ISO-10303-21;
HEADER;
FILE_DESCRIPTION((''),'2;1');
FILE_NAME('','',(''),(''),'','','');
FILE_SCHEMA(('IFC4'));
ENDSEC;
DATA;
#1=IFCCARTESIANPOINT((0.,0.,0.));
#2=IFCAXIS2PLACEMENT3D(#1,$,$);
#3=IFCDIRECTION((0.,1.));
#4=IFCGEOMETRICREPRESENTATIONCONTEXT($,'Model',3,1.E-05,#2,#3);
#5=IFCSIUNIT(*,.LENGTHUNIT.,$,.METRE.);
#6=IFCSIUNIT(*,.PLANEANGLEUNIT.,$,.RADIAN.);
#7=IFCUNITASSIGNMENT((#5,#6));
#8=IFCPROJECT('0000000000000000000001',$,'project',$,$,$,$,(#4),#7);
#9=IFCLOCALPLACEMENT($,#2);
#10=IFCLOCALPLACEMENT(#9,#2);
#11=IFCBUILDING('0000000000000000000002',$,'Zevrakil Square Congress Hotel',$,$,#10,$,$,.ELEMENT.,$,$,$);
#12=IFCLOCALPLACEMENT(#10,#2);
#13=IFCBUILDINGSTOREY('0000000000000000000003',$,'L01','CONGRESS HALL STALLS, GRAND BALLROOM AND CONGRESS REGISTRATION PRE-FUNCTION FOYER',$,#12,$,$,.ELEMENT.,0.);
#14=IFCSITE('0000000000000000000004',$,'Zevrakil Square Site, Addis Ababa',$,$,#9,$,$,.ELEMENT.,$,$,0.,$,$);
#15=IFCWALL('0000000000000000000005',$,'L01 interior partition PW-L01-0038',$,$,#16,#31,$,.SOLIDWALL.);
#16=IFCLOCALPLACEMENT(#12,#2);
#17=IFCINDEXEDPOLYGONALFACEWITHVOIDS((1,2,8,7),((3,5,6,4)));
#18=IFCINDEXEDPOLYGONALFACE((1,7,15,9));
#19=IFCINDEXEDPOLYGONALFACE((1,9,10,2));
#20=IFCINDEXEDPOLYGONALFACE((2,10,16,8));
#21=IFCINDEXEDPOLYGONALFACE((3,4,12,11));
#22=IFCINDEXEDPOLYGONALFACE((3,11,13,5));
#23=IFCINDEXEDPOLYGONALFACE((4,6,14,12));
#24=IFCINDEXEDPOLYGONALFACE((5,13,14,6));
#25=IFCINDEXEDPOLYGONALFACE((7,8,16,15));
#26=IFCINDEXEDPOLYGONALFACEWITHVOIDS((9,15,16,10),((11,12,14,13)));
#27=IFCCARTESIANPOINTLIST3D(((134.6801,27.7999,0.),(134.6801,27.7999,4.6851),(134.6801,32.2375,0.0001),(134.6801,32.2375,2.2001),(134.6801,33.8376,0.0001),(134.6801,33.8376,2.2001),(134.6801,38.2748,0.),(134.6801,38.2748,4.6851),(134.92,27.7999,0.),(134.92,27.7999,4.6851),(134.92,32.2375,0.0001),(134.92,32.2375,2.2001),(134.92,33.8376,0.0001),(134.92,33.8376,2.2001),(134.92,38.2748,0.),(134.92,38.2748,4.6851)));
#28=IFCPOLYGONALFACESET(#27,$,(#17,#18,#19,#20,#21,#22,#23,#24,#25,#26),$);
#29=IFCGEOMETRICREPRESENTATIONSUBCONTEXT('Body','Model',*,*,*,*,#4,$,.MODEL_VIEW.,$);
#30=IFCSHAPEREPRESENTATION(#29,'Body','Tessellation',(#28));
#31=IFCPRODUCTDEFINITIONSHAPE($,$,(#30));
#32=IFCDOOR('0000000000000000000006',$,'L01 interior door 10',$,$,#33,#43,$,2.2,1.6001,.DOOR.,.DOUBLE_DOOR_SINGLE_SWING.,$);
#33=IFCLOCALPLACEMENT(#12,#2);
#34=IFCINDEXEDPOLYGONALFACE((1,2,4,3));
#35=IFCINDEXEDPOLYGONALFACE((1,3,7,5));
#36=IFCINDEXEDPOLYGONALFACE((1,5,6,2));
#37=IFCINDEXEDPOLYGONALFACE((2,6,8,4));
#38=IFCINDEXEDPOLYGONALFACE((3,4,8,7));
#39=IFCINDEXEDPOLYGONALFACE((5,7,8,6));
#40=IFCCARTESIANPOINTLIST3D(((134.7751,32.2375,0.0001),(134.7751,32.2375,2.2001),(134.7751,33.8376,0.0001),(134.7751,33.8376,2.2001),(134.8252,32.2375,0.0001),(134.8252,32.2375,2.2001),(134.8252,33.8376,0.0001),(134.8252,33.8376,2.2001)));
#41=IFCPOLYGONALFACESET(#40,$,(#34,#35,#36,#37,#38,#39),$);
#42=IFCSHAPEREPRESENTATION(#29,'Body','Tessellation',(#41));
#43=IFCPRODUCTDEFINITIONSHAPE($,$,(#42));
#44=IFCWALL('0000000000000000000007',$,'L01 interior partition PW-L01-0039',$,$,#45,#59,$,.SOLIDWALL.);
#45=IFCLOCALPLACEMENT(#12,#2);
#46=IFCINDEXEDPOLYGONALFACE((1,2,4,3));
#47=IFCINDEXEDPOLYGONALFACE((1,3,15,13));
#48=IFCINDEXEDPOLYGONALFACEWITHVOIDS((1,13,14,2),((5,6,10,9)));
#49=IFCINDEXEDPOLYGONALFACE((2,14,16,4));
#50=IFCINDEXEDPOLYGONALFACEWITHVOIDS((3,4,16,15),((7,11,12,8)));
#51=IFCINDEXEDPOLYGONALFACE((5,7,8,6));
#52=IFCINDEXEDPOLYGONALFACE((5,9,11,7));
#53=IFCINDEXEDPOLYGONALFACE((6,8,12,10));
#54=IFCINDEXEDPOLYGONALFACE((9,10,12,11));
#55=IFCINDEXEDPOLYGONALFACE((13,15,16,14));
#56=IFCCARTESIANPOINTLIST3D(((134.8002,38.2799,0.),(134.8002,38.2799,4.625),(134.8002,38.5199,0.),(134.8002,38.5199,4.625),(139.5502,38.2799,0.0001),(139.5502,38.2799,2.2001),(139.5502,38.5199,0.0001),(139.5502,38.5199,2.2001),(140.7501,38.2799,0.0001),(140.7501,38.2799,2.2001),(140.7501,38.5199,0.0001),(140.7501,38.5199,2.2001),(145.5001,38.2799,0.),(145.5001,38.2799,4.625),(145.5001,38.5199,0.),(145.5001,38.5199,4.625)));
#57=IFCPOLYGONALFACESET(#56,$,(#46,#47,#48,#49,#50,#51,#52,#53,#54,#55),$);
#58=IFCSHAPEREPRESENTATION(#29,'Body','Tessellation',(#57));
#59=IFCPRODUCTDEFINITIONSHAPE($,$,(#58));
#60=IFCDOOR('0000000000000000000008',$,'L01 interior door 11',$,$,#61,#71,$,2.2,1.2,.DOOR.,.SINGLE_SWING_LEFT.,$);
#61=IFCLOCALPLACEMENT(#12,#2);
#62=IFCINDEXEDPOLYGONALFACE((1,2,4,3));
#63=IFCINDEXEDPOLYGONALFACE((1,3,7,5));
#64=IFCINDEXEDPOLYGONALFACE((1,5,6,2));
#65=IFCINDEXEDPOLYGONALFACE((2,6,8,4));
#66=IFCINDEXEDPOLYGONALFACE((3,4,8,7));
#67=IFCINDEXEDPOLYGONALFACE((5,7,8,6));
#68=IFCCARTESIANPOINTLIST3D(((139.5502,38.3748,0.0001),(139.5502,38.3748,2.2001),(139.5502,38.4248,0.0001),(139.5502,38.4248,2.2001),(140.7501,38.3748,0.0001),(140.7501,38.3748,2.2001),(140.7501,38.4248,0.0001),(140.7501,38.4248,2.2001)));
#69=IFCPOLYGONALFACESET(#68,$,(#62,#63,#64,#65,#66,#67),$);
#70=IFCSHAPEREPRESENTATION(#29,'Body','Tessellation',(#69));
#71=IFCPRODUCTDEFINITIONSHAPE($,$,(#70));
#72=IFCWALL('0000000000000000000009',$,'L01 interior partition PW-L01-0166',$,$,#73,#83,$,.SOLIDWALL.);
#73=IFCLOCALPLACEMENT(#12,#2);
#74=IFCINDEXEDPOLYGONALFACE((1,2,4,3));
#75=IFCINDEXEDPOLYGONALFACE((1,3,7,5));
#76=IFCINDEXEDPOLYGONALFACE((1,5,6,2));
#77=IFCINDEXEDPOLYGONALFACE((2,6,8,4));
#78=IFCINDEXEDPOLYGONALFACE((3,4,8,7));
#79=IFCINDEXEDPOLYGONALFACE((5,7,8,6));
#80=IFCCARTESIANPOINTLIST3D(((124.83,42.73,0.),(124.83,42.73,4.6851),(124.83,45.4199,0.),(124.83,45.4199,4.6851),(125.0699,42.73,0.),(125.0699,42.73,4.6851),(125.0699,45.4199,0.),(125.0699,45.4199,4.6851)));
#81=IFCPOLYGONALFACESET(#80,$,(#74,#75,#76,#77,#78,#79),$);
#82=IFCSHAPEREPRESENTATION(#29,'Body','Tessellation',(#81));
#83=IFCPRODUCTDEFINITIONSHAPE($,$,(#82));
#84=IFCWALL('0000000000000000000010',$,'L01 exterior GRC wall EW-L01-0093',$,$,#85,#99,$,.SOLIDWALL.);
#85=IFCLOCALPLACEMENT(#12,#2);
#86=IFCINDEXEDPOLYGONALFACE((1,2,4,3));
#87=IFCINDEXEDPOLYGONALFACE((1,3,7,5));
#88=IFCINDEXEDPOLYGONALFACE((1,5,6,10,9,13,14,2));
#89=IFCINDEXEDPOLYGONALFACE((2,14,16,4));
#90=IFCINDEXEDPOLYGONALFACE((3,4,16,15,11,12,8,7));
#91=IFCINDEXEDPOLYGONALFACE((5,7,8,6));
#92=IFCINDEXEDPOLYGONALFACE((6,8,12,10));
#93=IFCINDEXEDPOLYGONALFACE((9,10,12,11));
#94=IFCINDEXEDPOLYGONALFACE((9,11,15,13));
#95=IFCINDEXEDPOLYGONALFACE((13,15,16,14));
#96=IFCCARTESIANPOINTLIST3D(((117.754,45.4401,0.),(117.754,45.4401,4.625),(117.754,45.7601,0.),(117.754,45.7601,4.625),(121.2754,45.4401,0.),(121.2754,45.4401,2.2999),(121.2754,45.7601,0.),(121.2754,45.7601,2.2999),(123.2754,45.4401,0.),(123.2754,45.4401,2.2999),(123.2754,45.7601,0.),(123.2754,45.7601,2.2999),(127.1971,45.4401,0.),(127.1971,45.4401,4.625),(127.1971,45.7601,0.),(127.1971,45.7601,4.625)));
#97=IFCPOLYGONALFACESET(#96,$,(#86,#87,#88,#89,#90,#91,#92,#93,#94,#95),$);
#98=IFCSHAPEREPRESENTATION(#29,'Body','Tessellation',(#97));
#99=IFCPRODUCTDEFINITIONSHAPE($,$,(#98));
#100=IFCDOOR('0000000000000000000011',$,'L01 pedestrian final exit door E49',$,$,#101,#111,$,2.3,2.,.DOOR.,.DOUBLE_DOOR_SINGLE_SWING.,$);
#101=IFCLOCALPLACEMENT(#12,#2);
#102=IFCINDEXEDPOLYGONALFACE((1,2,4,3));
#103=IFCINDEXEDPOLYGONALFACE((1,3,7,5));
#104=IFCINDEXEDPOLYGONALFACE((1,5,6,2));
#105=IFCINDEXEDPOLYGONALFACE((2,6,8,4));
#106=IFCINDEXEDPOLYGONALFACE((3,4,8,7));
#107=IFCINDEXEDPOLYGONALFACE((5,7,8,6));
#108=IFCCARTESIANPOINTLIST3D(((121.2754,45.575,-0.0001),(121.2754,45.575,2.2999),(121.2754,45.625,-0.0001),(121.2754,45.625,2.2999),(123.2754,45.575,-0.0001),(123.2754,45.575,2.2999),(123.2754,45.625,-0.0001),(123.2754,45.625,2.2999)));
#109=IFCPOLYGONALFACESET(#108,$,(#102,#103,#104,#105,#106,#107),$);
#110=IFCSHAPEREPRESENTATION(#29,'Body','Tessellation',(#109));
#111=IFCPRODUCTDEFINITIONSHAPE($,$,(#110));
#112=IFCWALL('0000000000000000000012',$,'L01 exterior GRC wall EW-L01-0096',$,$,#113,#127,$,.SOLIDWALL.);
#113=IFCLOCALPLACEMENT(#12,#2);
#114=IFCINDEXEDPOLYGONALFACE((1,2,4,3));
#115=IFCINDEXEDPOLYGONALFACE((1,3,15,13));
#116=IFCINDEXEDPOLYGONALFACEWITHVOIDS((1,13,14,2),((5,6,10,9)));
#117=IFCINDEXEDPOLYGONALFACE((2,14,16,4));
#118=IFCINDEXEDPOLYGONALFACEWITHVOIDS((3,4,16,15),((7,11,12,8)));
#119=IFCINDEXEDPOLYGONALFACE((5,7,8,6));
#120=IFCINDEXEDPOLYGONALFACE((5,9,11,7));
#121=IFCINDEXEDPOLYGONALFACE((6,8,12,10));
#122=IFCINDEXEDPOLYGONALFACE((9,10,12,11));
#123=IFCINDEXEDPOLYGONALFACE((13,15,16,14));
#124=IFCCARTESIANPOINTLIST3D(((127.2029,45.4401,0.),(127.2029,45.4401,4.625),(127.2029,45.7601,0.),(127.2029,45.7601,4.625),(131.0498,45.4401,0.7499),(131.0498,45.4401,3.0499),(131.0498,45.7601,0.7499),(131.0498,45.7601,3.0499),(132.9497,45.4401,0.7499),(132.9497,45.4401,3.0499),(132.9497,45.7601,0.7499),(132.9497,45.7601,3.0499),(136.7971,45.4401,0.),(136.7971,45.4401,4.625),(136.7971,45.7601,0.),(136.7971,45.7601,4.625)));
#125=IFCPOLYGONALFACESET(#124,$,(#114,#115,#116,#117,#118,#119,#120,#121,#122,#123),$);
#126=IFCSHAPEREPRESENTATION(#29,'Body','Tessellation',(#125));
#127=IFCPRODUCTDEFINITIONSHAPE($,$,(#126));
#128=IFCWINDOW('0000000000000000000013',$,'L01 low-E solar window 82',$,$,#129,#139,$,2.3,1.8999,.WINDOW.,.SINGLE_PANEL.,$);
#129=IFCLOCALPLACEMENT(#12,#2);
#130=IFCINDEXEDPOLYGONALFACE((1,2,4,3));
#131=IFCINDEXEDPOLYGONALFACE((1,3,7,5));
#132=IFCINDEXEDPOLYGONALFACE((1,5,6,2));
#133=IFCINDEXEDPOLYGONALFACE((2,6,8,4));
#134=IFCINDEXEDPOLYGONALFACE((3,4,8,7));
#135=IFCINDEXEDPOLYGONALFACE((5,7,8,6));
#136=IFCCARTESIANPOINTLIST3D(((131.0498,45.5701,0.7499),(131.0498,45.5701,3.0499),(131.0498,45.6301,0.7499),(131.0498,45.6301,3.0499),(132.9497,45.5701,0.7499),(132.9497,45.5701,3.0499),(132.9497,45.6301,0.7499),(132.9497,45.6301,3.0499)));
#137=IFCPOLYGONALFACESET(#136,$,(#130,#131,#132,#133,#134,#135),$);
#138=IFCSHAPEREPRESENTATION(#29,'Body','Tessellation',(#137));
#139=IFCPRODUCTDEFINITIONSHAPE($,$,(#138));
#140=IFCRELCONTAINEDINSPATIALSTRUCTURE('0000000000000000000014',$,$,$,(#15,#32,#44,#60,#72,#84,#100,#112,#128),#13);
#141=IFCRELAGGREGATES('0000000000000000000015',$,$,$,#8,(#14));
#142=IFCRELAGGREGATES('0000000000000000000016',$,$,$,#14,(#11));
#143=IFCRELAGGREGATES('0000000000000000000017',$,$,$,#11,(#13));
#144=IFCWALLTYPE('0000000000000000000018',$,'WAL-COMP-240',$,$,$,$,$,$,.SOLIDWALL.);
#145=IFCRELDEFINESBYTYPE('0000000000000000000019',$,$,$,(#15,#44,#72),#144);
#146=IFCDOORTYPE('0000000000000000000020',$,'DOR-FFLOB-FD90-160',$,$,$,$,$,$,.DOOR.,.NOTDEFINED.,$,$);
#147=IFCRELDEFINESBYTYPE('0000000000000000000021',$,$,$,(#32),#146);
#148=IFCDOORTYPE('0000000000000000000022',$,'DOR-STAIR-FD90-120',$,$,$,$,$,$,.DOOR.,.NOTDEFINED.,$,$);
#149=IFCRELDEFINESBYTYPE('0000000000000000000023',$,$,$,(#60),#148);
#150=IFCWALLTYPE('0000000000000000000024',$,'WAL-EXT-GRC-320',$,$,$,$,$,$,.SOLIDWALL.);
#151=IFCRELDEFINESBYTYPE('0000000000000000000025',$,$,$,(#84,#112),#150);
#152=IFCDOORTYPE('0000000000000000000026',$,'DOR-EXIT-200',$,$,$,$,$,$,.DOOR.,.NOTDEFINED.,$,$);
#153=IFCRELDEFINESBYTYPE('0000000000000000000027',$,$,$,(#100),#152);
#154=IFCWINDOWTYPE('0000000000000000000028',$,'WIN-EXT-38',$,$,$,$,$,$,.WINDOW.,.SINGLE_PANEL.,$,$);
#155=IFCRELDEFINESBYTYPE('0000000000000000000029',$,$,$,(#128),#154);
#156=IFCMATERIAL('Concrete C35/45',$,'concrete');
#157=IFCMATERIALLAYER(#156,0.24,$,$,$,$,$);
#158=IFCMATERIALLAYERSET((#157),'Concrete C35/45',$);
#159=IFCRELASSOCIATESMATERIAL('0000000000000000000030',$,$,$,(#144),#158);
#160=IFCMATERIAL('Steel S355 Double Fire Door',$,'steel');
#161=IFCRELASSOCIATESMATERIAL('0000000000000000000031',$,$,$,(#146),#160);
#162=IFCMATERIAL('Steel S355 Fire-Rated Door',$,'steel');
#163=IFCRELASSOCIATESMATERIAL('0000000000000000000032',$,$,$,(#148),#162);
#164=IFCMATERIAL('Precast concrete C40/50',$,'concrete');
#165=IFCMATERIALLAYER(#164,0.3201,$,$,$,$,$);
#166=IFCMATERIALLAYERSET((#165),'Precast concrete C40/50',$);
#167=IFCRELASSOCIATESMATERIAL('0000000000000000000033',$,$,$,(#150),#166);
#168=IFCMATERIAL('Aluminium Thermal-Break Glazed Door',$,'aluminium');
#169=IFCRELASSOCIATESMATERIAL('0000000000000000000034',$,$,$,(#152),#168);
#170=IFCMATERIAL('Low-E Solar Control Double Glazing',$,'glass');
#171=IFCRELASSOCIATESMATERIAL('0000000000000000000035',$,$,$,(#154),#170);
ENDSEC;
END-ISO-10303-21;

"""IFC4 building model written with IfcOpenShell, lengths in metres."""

from ifc_helpers import new_model, si_unit, direction, frame, frame_2d, origin, place, context, subcontext, project, spatial, rectangle, extrude, material, layer, layer_set, type_object, element, fill, save


model = new_model("IFC4")

# Units and contexts
model_context = context("Model", 3, precision=1e-05, world=origin(), true_north=direction((0.0, 1.0)))
body_context = subcontext(model_context, "Body", "Model", "MODEL_VIEW")
ifc_project = project(units=[si_unit("LENGTHUNIT", "METRE"), si_unit("PLANEANGLEUNIT", "RADIAN")], contexts=[model_context])

# Site, building, storey
site_placement = place(None, origin())
site = spatial("IfcSite", under=ifc_project, at=site_placement, Name="Zevrakil Square Site, Addis Ababa", CompositionType="ELEMENT", RefElevation=0.0)
building_placement = place(site_placement, origin())
building = spatial("IfcBuilding", under=site, at=building_placement, Name="Zevrakil Square Congress Hotel", CompositionType="ELEMENT")
storey_placement = place(building_placement, origin())
storey = spatial("IfcBuildingStorey", under=building, at=storey_placement, Name="L01", Description="CONGRESS HALL STALLS, GRAND BALLROOM AND CONGRESS REGISTRATION PRE-FUNCTION FOYER", CompositionType="ELEMENT", Elevation=0.0)

# Walls, openings, doors
ifc_material_1 = material(Name="Concrete C35/45", Category="concrete")
ifc_layer_1 = layer(ifc_material_1, 0.24)
ifc_layer_set_1 = layer_set([ifc_layer_1], Name="Concrete C35/45")
wall_type_1 = type_object("IfcWallType", Name="WAL-COMP-240", PredefinedType="SOLIDWALL", material=ifc_layer_set_1)
wall_1_placement = place(storey_placement, frame((134.8, 27.8, 0.0), z_axis=(0.0, 0.0, 1.0), x_axis=(0.0, 1.0, 0.0)))
wall_1 = element("IfcWall", 1, at=wall_1_placement, inside=storey, type_object=wall_type_1, Name="L01 interior partition PW-L01-0038", PredefinedType="SOLIDWALL", context=body_context, shape_type="SweptSolid", body=[
    extrude(rectangle(XDim=10.4749, YDim=0.24, at=frame_2d((5.2373, 0.0))), origin(), (0.0, 0.0, 1.0), 4.6851),
])
opening_1_placement = place(wall_1_placement, frame((4.4375, 0.0, 0.0)))
opening_1 = element("IfcOpeningElement", 2, at=opening_1_placement, cuts=wall_1, PredefinedType="OPENING", context=body_context, shape_type="SweptSolid", body=[
    extrude(rectangle(XDim=1.6001, YDim=2.2, at=frame_2d((0.8, 1.1001))), frame((0.0, 0.1299, 0.0), z_axis=(0.0, -1.0, 0.0), x_axis=(1.0, 0.0, 0.0)), (0.0, 0.0, 1.0), 0.26),
])
ifc_material_2 = material(Name="Steel S355 Double Fire Door", Category="steel")
door_type_1 = type_object("IfcDoorType", Name="DOR-FFLOB-FD90-160", OperationType="NOTDEFINED", PredefinedType="DOOR", material=ifc_material_2)
door_1_placement = place(opening_1_placement, origin())
door_1 = element("IfcDoor", 3, at=door_1_placement, inside=storey, type_object=door_type_1, Name="L01 interior door 10", OperationType="DOUBLE_DOOR_SINGLE_SWING", OverallHeight=2.2, OverallWidth=1.6001, PredefinedType="DOOR", context=body_context, shape_type="SweptSolid", body=[
    extrude(rectangle(XDim=1.6001, YDim=2.2, at=frame_2d((0.8, 1.1001))), frame((0.0, 0.0249, 0.0), z_axis=(0.0, -1.0, 0.0), x_axis=(1.0, 0.0, 0.0)), (0.0, 0.0, 1.0), 0.05),
])
fill(opening_1, door_1)
wall_2_placement = place(storey_placement, frame((134.8, 38.3999, 0.0), z_axis=(0.0, 0.0, 1.0), x_axis=(1.0, 0.0, 0.0)))
wall_2 = element("IfcWall", 4, at=wall_2_placement, inside=storey, type_object=wall_type_1, Name="L01 interior partition PW-L01-0039", PredefinedType="SOLIDWALL", context=body_context, shape_type="SweptSolid", body=[
    extrude(rectangle(XDim=10.7, YDim=0.24, at=frame_2d((5.3501, 0.0))), origin(), (0.0, 0.0, 1.0), 4.625),
])
opening_2_placement = place(wall_2_placement, frame((4.75, 0.0, 0.0)))
opening_2 = element("IfcOpeningElement", 5, at=opening_2_placement, cuts=wall_2, PredefinedType="OPENING", context=body_context, shape_type="SweptSolid", body=[
    extrude(rectangle(XDim=1.2, YDim=2.2, at=frame_2d((0.6001, 1.1001))), frame((0.0, 0.1299, 0.0), z_axis=(0.0, -1.0, 0.0), x_axis=(1.0, 0.0, 0.0)), (0.0, 0.0, 1.0), 0.26),
])
ifc_material_3 = material(Name="Steel S355 Fire-Rated Door", Category="steel")
door_type_2 = type_object("IfcDoorType", Name="DOR-STAIR-FD90-120", OperationType="NOTDEFINED", PredefinedType="DOOR", material=ifc_material_3)
door_2_placement = place(opening_2_placement, origin())
door_2 = element("IfcDoor", 6, at=door_2_placement, inside=storey, type_object=door_type_2, Name="L01 interior door 11", OperationType="SINGLE_SWING_LEFT", OverallHeight=2.2, OverallWidth=1.2, PredefinedType="DOOR", context=body_context, shape_type="SweptSolid", body=[
    extrude(rectangle(XDim=1.2, YDim=2.2, at=frame_2d((0.6001, 1.1001))), frame((0.0, 0.0249, 0.0), z_axis=(0.0, -1.0, 0.0), x_axis=(1.0, 0.0, 0.0)), (0.0, 0.0, 1.0), 0.05),
])
fill(opening_2, door_2)

# Wall
wall_3_placement = place(storey_placement, frame((124.95, 42.73, 0.0), z_axis=(0.0, 0.0, 1.0), x_axis=(0.0, 1.0, 0.0)))
element("IfcWall", 7, at=wall_3_placement, inside=storey, type_object=wall_type_1, Name="L01 interior partition PW-L01-0166", PredefinedType="SOLIDWALL", context=body_context, shape_type="SweptSolid", body=[
    extrude(rectangle(XDim=2.6899, YDim=0.24, at=frame_2d((1.345, 0.0))), origin(), (0.0, 0.0, 1.0), 4.6851),
])

# Wall, opening, door
ifc_material_4 = material(Name="Precast concrete C40/50", Category="concrete")
ifc_layer_2 = layer(ifc_material_4, 0.3201)
ifc_layer_set_2 = layer_set([ifc_layer_2], Name="Precast concrete C40/50")
wall_type_2 = type_object("IfcWallType", Name="WAL-EXT-GRC-320", PredefinedType="SOLIDWALL", material=ifc_layer_set_2)
wall_4_placement = place(storey_placement, frame((117.7539, 45.6001, 0.0), z_axis=(0.0, 0.0, 1.0), x_axis=(1.0, 0.0, 0.0)))
wall_4 = element("IfcWall", 8, at=wall_4_placement, inside=storey, type_object=wall_type_2, Name="L01 exterior GRC wall EW-L01-0093", PredefinedType="SOLIDWALL", context=body_context, shape_type="SweptSolid", body=[
    extrude(rectangle(XDim=9.4431, YDim=0.3201, at=frame_2d((4.7217, 0.0))), origin(), (0.0, 0.0, 1.0), 4.625),
])
opening_3_placement = place(wall_4_placement, frame((3.5215, 0.0, 0.0)))
opening_3 = element("IfcOpeningElement", 9, at=opening_3_placement, cuts=wall_4, PredefinedType="OPENING", context=body_context, shape_type="SweptSolid", body=[
    extrude(rectangle(XDim=2.0, YDim=2.3, at=frame_2d((1.0, 1.1499))), frame((0.0, 0.1699, 0.0), z_axis=(0.0, -1.0, 0.0), x_axis=(1.0, 0.0, 0.0)), (0.0, 0.0, 1.0), 0.3401),
])
ifc_material_5 = material(Name="Aluminium Thermal-Break Glazed Door", Category="aluminium")
door_type_3 = type_object("IfcDoorType", Name="DOR-EXIT-200", OperationType="NOTDEFINED", PredefinedType="DOOR", material=ifc_material_5)
door_3_placement = place(opening_3_placement, origin())
door_3 = element("IfcDoor", 10, at=door_3_placement, inside=storey, type_object=door_type_3, Name="L01 pedestrian final exit door E49", OperationType="DOUBLE_DOOR_SINGLE_SWING", OverallHeight=2.3, OverallWidth=2.0, PredefinedType="DOOR", context=body_context, shape_type="SweptSolid", body=[
    extrude(rectangle(XDim=2.0, YDim=2.3, at=frame_2d((1.0, 1.1499))), frame((0.0, 0.0249, 0.0), z_axis=(0.0, -1.0, 0.0), x_axis=(1.0, 0.0, 0.0)), (0.0, 0.0, 1.0), 0.05),
])
fill(opening_3, door_3)

# Wall, opening, window
wall_5_placement = place(storey_placement, frame((127.2029, 45.6001, 0.0), z_axis=(0.0, 0.0, 1.0), x_axis=(1.0, 0.0, 0.0)))
wall_5 = element("IfcWall", 11, at=wall_5_placement, inside=storey, type_object=wall_type_2, Name="L01 exterior GRC wall EW-L01-0096", PredefinedType="SOLIDWALL", context=body_context, shape_type="SweptSolid", body=[
    extrude(rectangle(XDim=9.5942, YDim=0.3201, at=frame_2d((4.7971, 0.0))), origin(), (0.0, 0.0, 1.0), 4.625),
])
opening_4_placement = place(wall_5_placement, frame((3.8469, 0.0, 0.75)))
opening_4 = element("IfcOpeningElement", 12, at=opening_4_placement, cuts=wall_5, PredefinedType="OPENING", context=body_context, shape_type="SweptSolid", body=[
    extrude(rectangle(XDim=1.8999, YDim=2.3, at=frame_2d((0.95, 1.1499))), frame((0.0, 0.1699, 0.0), z_axis=(0.0, -1.0, 0.0), x_axis=(1.0, 0.0, 0.0)), (0.0, 0.0, 1.0), 0.3401),
])
ifc_material_6 = material(Name="Low-E Solar Control Double Glazing", Category="glass")
window_type_1 = type_object("IfcWindowType", Name="WIN-EXT-38", PartitioningType="SINGLE_PANEL", PredefinedType="WINDOW", material=ifc_material_6)
window_1_placement = place(opening_4_placement, origin())
window_1 = element("IfcWindow", 13, at=window_1_placement, inside=storey, type_object=window_type_1, Name="L01 low-E solar window 82", OverallHeight=2.3, OverallWidth=1.8999, PartitioningType="SINGLE_PANEL", PredefinedType="WINDOW", context=body_context, shape_type="SweptSolid", body=[
    extrude(rectangle(XDim=1.8999, YDim=2.3, at=frame_2d((0.95, 1.1499))), frame((0.0, 0.03, 0.0), z_axis=(0.0, -1.0, 0.0), x_axis=(1.0, 0.0, 0.0)), (0.0, 0.0, 1.0), 0.0601),
])
fill(opening_4, window_1)

save(model, "model.ifc")
